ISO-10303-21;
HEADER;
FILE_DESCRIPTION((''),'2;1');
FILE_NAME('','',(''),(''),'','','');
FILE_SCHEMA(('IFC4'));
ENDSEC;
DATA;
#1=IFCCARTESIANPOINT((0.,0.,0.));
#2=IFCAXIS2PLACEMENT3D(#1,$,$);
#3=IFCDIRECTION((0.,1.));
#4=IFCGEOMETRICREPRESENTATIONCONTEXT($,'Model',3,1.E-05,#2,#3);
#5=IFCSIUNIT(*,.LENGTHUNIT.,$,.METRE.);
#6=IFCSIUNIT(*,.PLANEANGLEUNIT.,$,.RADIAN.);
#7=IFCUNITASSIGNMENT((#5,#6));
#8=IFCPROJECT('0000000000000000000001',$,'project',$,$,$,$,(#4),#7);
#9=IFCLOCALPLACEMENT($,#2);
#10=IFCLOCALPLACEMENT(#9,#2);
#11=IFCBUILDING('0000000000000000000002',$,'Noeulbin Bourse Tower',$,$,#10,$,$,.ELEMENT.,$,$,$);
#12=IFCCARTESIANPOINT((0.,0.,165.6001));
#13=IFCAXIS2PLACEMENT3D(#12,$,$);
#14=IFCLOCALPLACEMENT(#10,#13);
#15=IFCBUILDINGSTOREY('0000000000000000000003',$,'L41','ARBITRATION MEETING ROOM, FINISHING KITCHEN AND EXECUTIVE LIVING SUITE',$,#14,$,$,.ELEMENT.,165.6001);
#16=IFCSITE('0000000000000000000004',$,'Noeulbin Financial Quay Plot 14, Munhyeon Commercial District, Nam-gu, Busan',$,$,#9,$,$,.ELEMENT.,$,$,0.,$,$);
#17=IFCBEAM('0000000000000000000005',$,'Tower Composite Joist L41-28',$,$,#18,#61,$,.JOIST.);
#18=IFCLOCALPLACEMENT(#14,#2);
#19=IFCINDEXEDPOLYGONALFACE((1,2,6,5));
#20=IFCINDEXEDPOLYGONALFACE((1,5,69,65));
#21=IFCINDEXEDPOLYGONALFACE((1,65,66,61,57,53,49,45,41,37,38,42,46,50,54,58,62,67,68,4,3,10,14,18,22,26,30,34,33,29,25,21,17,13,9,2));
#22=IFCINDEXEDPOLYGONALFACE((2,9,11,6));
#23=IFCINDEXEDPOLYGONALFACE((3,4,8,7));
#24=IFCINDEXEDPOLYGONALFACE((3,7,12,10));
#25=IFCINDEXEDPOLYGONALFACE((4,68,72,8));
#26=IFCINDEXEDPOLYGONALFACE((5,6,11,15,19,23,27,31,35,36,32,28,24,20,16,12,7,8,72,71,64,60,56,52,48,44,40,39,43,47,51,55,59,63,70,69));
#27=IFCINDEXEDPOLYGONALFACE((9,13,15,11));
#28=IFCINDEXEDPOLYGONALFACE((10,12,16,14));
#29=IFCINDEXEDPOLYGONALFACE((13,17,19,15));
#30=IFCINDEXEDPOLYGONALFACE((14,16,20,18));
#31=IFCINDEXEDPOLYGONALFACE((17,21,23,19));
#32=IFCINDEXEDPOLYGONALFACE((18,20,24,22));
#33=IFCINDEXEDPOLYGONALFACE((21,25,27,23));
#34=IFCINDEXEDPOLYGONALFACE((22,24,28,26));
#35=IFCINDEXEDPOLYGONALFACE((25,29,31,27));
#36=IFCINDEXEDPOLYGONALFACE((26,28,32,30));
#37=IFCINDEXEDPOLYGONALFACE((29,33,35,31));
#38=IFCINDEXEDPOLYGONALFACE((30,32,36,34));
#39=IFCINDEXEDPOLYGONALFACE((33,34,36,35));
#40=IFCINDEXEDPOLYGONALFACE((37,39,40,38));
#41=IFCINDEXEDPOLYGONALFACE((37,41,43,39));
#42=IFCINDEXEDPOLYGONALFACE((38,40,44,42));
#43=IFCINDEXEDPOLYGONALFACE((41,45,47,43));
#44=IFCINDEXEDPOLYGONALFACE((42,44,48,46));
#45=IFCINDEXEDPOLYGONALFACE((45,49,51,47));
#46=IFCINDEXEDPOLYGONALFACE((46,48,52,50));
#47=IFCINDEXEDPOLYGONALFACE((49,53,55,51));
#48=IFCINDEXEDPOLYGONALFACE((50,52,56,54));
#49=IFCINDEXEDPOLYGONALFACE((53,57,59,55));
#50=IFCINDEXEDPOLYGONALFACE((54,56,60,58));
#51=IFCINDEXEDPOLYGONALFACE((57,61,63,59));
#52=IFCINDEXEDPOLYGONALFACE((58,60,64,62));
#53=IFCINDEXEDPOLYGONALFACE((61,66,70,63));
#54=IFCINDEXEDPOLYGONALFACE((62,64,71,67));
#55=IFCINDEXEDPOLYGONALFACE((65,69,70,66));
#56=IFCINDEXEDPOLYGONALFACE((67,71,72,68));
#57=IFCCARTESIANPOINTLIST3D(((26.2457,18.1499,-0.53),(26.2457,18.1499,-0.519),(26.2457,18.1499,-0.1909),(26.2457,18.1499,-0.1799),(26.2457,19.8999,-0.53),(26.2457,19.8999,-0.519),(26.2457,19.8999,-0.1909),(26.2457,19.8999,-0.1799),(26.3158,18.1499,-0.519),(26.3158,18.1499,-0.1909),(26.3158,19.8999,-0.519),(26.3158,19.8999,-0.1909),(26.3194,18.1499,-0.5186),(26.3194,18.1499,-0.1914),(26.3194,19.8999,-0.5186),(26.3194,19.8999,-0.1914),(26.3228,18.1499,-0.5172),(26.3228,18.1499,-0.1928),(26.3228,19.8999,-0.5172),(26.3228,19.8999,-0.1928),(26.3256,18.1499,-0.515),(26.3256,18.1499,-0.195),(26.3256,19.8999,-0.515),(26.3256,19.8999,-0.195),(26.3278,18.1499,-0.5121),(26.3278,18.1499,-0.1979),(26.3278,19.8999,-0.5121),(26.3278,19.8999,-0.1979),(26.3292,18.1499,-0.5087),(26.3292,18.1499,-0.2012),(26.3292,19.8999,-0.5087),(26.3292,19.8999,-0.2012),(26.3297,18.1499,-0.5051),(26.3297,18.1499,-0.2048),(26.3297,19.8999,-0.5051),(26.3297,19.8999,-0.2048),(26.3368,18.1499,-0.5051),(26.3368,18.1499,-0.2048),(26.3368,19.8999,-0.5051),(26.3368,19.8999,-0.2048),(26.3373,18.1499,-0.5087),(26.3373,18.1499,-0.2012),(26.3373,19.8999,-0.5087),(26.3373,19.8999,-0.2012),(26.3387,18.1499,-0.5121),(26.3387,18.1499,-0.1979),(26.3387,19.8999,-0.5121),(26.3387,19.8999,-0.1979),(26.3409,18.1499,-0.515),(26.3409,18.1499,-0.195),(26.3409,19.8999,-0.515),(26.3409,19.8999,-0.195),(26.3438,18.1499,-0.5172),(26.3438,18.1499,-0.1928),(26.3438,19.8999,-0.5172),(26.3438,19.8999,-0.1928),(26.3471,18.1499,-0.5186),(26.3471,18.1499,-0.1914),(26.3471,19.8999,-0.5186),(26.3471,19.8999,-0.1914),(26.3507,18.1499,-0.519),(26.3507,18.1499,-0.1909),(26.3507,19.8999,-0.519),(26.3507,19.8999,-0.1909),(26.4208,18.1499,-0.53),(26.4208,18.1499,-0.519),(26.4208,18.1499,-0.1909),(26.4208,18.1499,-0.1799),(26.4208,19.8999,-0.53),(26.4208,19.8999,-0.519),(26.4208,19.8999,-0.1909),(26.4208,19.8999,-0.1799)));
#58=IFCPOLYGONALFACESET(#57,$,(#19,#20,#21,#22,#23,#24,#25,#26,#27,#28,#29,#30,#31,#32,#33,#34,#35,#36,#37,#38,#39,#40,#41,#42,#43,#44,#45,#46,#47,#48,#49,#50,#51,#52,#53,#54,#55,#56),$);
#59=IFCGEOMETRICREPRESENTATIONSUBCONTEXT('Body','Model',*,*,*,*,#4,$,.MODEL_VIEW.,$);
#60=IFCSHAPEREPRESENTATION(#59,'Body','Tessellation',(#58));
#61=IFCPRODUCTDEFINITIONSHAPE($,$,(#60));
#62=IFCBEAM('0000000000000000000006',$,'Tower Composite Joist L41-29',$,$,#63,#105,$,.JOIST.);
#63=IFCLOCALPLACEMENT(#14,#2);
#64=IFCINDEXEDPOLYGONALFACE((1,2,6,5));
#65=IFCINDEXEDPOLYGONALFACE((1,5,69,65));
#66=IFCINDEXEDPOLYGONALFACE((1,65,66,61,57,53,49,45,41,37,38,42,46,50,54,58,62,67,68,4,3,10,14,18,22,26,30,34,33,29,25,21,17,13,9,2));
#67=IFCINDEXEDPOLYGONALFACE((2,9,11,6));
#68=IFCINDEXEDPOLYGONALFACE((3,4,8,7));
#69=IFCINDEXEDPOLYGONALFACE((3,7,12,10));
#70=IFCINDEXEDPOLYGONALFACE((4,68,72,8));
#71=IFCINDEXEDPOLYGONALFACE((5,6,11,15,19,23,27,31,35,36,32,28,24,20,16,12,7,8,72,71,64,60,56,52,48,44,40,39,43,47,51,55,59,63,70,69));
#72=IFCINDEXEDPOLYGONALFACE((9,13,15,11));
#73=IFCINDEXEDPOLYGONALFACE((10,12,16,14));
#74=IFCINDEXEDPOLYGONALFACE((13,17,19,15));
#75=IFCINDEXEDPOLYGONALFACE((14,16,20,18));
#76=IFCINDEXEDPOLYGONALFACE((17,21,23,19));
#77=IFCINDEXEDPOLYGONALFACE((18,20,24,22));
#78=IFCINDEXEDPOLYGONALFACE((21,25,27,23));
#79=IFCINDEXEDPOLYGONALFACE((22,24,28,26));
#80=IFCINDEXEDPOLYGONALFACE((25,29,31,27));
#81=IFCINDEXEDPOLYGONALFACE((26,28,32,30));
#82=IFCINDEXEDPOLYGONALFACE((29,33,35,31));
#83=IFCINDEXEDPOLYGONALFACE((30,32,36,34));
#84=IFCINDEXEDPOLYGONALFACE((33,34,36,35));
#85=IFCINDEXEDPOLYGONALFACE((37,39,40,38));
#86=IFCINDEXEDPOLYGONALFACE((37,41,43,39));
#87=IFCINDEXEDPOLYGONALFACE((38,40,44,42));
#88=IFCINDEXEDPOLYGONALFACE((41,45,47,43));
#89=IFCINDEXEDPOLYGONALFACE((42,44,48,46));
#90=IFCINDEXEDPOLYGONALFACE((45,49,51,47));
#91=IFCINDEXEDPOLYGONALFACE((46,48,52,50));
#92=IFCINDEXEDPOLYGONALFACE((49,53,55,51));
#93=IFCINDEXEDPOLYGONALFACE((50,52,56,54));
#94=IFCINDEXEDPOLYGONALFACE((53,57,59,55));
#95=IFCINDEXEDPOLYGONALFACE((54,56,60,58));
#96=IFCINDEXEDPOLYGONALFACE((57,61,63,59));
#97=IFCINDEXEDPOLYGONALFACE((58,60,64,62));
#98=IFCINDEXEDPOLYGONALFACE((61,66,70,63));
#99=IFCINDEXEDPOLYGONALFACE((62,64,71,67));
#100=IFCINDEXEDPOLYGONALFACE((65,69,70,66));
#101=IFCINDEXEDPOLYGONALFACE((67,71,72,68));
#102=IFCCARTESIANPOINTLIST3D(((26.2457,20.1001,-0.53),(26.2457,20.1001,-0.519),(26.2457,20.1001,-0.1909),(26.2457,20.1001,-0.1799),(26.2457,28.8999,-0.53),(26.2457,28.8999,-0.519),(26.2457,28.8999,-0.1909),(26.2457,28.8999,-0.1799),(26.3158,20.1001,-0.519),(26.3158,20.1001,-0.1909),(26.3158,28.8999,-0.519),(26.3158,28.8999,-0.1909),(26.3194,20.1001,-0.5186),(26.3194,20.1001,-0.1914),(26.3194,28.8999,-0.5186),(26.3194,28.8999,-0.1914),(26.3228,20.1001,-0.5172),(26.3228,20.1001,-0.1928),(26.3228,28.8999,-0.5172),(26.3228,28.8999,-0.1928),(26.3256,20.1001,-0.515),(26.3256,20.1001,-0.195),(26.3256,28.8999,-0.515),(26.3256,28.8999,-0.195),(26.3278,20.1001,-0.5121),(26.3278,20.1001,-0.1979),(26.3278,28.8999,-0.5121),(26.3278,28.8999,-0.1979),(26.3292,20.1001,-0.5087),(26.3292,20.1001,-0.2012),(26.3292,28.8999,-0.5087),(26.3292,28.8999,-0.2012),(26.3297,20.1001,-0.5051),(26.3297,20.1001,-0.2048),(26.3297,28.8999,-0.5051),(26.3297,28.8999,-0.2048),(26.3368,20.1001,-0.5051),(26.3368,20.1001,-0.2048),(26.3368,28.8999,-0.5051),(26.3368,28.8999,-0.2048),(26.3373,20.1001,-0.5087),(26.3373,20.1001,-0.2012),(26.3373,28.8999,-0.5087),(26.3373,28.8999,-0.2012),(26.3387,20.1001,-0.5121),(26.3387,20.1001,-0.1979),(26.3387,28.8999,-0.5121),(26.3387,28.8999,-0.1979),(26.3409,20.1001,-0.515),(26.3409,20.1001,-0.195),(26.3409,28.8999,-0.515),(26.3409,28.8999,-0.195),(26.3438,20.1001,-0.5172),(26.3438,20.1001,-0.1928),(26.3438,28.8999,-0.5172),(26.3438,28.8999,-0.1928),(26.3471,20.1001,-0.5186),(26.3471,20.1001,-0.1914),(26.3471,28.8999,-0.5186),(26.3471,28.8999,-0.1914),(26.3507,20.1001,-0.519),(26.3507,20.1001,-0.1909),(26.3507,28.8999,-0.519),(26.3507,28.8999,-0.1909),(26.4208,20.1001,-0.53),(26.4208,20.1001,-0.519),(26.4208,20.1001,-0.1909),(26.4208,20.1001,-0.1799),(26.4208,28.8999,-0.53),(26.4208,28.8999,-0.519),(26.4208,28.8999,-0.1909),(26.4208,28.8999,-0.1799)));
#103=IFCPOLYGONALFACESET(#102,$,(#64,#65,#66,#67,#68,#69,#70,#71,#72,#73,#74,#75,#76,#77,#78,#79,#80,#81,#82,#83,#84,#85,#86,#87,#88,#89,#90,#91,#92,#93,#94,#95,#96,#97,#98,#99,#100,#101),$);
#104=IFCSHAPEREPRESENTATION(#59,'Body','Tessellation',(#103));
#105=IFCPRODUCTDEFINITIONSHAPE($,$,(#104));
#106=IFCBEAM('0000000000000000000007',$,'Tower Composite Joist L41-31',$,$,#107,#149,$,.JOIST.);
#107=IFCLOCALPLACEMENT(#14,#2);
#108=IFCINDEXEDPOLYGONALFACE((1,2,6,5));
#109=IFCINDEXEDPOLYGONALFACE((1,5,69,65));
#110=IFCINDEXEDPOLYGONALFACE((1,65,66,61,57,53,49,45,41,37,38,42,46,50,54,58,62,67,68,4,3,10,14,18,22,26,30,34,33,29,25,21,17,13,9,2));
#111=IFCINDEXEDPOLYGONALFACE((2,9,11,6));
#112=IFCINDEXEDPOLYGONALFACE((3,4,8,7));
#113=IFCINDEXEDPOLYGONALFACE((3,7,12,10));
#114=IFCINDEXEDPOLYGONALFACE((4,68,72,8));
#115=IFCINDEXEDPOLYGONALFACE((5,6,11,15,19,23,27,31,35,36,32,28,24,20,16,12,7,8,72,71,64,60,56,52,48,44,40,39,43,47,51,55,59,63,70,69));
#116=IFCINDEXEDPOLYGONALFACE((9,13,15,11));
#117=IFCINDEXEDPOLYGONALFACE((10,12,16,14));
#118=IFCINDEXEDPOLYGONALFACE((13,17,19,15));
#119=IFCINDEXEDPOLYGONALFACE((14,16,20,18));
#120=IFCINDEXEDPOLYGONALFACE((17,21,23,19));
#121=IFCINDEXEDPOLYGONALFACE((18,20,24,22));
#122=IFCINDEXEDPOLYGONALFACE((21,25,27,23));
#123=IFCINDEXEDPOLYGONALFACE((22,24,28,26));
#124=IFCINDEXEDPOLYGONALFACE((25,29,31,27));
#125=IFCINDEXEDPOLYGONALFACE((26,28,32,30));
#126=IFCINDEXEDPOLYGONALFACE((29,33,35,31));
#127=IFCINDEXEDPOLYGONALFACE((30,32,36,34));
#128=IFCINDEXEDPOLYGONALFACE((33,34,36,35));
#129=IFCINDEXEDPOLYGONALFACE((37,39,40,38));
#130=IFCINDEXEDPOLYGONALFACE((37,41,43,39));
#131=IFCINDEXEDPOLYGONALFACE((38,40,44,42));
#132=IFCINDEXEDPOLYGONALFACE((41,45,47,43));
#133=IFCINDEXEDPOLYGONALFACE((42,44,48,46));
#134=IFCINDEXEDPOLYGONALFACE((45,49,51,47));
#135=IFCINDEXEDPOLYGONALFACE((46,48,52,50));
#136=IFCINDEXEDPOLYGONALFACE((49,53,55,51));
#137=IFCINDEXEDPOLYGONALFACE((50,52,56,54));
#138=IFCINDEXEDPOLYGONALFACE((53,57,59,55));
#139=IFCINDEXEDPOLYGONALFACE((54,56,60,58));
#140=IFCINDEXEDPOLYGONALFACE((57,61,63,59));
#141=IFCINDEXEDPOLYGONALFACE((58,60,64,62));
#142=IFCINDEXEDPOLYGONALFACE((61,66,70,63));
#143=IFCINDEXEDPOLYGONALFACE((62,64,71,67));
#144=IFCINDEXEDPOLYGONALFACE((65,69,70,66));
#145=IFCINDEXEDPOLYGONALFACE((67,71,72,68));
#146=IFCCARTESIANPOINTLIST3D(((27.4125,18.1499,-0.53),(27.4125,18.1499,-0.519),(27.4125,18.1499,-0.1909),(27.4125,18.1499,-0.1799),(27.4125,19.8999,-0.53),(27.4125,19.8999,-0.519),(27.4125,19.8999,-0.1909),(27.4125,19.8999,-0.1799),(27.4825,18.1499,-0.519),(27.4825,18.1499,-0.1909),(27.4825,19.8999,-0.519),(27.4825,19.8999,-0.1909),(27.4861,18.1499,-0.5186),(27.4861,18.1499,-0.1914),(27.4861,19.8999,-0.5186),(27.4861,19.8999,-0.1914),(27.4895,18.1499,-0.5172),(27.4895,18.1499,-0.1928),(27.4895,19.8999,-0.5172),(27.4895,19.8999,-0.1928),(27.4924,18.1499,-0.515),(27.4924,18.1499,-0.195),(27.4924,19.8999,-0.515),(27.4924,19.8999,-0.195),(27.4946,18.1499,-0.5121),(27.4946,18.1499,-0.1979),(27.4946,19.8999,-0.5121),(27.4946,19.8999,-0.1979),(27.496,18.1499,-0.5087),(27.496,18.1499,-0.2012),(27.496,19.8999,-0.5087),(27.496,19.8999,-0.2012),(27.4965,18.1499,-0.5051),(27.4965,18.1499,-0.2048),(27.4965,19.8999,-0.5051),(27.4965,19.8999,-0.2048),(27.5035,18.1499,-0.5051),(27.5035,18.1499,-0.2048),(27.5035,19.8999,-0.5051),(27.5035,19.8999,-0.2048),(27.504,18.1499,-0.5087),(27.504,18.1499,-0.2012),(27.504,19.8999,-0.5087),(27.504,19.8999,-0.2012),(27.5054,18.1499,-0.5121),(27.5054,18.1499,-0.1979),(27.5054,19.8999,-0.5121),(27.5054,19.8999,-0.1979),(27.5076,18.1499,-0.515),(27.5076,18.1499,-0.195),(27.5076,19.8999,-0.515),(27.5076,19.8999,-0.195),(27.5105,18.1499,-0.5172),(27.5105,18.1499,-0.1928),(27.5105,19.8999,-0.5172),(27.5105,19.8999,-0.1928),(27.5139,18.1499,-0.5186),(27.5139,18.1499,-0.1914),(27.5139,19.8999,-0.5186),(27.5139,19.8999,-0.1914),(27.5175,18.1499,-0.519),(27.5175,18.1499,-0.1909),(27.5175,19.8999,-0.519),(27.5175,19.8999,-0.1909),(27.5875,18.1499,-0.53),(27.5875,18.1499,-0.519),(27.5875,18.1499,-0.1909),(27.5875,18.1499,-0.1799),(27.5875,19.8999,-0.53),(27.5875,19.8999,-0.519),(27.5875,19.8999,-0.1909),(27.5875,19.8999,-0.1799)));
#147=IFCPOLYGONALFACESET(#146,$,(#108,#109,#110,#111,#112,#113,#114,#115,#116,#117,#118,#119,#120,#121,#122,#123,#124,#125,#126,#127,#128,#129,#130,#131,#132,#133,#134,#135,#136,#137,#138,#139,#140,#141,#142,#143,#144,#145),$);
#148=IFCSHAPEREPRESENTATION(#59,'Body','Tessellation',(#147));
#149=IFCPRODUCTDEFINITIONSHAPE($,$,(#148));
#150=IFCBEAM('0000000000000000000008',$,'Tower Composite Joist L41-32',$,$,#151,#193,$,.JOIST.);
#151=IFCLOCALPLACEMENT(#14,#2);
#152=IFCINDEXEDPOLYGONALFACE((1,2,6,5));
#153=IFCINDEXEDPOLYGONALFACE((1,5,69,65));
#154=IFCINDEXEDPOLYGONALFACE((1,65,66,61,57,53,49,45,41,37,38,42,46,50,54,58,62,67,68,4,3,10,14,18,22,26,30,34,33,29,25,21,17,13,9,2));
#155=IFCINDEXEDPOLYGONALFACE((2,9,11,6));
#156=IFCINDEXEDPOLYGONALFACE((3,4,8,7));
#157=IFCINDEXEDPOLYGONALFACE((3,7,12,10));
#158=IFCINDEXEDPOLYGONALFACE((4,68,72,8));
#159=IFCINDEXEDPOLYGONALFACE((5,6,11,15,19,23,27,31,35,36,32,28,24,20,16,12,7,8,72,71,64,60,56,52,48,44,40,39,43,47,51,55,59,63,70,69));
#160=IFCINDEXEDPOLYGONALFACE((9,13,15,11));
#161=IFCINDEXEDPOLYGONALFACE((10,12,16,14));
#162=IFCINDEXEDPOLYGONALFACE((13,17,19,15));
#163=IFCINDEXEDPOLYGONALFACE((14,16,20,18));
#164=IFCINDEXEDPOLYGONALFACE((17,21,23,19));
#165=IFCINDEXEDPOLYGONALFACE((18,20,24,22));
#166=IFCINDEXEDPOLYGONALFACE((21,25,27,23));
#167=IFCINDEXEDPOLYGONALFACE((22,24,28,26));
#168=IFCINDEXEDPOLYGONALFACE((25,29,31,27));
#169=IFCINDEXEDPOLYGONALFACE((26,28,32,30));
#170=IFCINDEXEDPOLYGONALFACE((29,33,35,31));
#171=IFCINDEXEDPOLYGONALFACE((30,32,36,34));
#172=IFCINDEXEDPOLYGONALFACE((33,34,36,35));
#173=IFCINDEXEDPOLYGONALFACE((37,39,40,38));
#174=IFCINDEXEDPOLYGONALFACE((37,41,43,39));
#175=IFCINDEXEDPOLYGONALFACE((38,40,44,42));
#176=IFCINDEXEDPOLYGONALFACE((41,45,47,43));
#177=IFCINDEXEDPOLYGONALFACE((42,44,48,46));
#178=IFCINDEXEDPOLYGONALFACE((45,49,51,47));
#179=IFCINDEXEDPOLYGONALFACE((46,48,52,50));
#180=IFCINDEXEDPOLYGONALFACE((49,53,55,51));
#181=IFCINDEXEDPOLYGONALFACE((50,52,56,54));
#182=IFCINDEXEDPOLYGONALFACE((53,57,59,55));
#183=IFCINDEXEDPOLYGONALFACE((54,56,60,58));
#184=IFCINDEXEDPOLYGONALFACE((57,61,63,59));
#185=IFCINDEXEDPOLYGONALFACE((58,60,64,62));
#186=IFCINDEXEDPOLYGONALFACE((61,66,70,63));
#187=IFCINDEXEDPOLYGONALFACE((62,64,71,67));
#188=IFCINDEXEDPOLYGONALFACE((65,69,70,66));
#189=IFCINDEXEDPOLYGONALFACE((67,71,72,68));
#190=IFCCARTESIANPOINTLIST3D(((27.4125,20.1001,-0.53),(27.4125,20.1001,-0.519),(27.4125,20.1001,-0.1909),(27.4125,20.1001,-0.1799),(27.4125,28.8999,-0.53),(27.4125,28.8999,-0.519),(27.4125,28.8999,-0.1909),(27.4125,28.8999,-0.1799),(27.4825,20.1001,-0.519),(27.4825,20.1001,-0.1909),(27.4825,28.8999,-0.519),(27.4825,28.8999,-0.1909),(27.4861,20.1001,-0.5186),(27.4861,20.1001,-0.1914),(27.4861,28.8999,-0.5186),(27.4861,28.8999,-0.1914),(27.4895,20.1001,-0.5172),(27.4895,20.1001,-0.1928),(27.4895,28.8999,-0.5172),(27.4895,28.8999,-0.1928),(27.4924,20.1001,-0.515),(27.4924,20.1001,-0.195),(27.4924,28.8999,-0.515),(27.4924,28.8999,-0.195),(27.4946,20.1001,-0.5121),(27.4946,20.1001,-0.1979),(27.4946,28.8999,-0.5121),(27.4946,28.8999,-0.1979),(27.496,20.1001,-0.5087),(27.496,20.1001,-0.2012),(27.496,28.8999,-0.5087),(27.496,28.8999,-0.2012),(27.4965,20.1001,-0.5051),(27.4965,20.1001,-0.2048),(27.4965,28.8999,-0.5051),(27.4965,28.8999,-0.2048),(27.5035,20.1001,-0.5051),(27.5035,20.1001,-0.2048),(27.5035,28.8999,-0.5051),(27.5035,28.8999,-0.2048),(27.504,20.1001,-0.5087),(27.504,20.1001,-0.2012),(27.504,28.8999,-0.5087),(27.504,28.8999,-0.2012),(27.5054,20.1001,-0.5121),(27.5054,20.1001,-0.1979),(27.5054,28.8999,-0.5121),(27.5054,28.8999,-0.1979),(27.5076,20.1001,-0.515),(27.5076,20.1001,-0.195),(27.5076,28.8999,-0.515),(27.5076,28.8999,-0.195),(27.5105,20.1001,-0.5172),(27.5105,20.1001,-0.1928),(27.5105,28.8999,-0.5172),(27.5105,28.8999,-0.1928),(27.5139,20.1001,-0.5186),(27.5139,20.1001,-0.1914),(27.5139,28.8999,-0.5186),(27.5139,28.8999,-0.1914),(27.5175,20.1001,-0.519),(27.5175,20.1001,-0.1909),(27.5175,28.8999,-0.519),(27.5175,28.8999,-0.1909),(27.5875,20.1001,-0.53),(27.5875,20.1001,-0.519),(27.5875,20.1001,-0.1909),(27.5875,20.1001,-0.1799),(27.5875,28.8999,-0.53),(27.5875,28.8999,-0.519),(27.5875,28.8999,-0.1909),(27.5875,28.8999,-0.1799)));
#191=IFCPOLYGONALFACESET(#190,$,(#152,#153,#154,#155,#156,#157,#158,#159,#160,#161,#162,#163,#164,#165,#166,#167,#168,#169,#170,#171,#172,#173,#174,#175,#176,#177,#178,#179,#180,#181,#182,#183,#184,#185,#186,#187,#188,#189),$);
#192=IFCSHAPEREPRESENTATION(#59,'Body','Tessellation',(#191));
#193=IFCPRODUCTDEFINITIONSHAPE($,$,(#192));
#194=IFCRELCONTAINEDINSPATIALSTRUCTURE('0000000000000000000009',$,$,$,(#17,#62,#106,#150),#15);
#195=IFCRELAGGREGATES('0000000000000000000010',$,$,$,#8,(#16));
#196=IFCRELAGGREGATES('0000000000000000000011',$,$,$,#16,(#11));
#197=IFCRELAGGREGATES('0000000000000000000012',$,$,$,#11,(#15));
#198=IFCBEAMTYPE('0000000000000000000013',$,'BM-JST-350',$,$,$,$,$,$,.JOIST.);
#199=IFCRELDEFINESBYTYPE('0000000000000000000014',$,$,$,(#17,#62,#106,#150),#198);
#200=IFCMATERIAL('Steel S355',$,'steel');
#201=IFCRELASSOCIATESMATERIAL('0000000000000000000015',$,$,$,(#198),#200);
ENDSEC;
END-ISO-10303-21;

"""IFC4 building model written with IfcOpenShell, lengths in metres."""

from ifc_helpers import new_model, si_unit, direction, frame, origin, origin_2d, place, context, subcontext, project, spatial, i_section, extrude, material, material_profile, profile_set, type_object, element, save


model = new_model("IFC4")

# Units and contexts
model_context = context("Model", 3, precision=1e-05, world=origin(), true_north=direction((0.0, 1.0)))
body_context = subcontext(model_context, "Body", "Model", "MODEL_VIEW")
ifc_project = project(units=[si_unit("LENGTHUNIT", "METRE"), si_unit("PLANEANGLEUNIT", "RADIAN")], contexts=[model_context])

# Site, building, storey
site_placement = place(None, origin())
site = spatial("IfcSite", under=ifc_project, at=site_placement, Name="Noeulbin Financial Quay Plot 14, Munhyeon Commercial District, Nam-gu, Busan", CompositionType="ELEMENT", RefElevation=0.0)
building_placement = place(site_placement, origin())
building = spatial("IfcBuilding", under=site, at=building_placement, Name="Noeulbin Bourse Tower", CompositionType="ELEMENT")
storey_placement = place(building_placement, frame((0.0, 0.0, 165.6001)))
storey = spatial("IfcBuildingStorey", under=building, at=storey_placement, Name="L41", Description="ARBITRATION MEETING ROOM, FINISHING KITCHEN AND EXECUTIVE LIVING SUITE", CompositionType="ELEMENT", Elevation=165.6001)

# Beams
ifc_material_1 = material(Name="Steel S355", Category="steel")
ifc_material_profile_1 = material_profile(ifc_material_1, i_section(OverallWidth=0.175, OverallDepth=0.3501, WebThickness=0.0071, FlangeThickness=0.011, FilletRadius=0.0139, at=origin_2d()), Name="H-350x175x7x11", Category="LoadBearing")
ifc_profile_set_1 = profile_set([ifc_material_profile_1], Name="Steel S355")
beam_type_1 = type_object("IfcBeamType", Name="BM-JST-350", PredefinedType="JOIST", material=ifc_profile_set_1)
beam_1_placement = place(storey_placement, frame((26.3333, 18.1499, -0.355), z_axis=(0.0, 1.0, 0.0), x_axis=(-1.0, 0.0, 0.0)))
element("IfcBeam", 1, at=beam_1_placement, inside=storey, type_object=beam_type_1, Name="Tower Composite Joist L41-28", PredefinedType="JOIST", context=body_context, shape_type="SweptSolid", body=[
    extrude(i_section(OverallWidth=0.175, OverallDepth=0.3501, WebThickness=0.0071, FlangeThickness=0.011, FilletRadius=0.0139, at=origin_2d()), origin(), (0.0, 0.0, 1.0), 1.75),
])
beam_2_placement = place(storey_placement, frame((26.3333, 20.1001, -0.355), z_axis=(0.0, 1.0, 0.0), x_axis=(-1.0, 0.0, 0.0)))
element("IfcBeam", 2, at=beam_2_placement, inside=storey, type_object=beam_type_1, Name="Tower Composite Joist L41-29", PredefinedType="JOIST", context=body_context, shape_type="SweptSolid", body=[
    extrude(i_section(OverallWidth=0.175, OverallDepth=0.3501, WebThickness=0.0071, FlangeThickness=0.011, FilletRadius=0.0139, at=origin_2d()), origin(), (0.0, 0.0, 1.0), 8.7998),
])
beam_3_placement = place(storey_placement, frame((27.5, 18.1499, -0.355), z_axis=(0.0, 1.0, 0.0), x_axis=(-1.0, 0.0, 0.0)))
element("IfcBeam", 3, at=beam_3_placement, inside=storey, type_object=beam_type_1, Name="Tower Composite Joist L41-31", PredefinedType="JOIST", context=body_context, shape_type="SweptSolid", body=[
    extrude(i_section(OverallWidth=0.175, OverallDepth=0.3501, WebThickness=0.0071, FlangeThickness=0.011, FilletRadius=0.0139, at=origin_2d()), origin(), (0.0, 0.0, 1.0), 1.75),
])
beam_4_placement = place(storey_placement, frame((27.5, 20.1001, -0.355), z_axis=(0.0, 1.0, 0.0), x_axis=(-1.0, 0.0, 0.0)))
element("IfcBeam", 4, at=beam_4_placement, inside=storey, type_object=beam_type_1, Name="Tower Composite Joist L41-32", PredefinedType="JOIST", context=body_context, shape_type="SweptSolid", body=[
    extrude(i_section(OverallWidth=0.175, OverallDepth=0.3501, WebThickness=0.0071, FlangeThickness=0.011, FilletRadius=0.0139, at=origin_2d()), origin(), (0.0, 0.0, 1.0), 8.7998),
])

save(model, "model.ifc")
